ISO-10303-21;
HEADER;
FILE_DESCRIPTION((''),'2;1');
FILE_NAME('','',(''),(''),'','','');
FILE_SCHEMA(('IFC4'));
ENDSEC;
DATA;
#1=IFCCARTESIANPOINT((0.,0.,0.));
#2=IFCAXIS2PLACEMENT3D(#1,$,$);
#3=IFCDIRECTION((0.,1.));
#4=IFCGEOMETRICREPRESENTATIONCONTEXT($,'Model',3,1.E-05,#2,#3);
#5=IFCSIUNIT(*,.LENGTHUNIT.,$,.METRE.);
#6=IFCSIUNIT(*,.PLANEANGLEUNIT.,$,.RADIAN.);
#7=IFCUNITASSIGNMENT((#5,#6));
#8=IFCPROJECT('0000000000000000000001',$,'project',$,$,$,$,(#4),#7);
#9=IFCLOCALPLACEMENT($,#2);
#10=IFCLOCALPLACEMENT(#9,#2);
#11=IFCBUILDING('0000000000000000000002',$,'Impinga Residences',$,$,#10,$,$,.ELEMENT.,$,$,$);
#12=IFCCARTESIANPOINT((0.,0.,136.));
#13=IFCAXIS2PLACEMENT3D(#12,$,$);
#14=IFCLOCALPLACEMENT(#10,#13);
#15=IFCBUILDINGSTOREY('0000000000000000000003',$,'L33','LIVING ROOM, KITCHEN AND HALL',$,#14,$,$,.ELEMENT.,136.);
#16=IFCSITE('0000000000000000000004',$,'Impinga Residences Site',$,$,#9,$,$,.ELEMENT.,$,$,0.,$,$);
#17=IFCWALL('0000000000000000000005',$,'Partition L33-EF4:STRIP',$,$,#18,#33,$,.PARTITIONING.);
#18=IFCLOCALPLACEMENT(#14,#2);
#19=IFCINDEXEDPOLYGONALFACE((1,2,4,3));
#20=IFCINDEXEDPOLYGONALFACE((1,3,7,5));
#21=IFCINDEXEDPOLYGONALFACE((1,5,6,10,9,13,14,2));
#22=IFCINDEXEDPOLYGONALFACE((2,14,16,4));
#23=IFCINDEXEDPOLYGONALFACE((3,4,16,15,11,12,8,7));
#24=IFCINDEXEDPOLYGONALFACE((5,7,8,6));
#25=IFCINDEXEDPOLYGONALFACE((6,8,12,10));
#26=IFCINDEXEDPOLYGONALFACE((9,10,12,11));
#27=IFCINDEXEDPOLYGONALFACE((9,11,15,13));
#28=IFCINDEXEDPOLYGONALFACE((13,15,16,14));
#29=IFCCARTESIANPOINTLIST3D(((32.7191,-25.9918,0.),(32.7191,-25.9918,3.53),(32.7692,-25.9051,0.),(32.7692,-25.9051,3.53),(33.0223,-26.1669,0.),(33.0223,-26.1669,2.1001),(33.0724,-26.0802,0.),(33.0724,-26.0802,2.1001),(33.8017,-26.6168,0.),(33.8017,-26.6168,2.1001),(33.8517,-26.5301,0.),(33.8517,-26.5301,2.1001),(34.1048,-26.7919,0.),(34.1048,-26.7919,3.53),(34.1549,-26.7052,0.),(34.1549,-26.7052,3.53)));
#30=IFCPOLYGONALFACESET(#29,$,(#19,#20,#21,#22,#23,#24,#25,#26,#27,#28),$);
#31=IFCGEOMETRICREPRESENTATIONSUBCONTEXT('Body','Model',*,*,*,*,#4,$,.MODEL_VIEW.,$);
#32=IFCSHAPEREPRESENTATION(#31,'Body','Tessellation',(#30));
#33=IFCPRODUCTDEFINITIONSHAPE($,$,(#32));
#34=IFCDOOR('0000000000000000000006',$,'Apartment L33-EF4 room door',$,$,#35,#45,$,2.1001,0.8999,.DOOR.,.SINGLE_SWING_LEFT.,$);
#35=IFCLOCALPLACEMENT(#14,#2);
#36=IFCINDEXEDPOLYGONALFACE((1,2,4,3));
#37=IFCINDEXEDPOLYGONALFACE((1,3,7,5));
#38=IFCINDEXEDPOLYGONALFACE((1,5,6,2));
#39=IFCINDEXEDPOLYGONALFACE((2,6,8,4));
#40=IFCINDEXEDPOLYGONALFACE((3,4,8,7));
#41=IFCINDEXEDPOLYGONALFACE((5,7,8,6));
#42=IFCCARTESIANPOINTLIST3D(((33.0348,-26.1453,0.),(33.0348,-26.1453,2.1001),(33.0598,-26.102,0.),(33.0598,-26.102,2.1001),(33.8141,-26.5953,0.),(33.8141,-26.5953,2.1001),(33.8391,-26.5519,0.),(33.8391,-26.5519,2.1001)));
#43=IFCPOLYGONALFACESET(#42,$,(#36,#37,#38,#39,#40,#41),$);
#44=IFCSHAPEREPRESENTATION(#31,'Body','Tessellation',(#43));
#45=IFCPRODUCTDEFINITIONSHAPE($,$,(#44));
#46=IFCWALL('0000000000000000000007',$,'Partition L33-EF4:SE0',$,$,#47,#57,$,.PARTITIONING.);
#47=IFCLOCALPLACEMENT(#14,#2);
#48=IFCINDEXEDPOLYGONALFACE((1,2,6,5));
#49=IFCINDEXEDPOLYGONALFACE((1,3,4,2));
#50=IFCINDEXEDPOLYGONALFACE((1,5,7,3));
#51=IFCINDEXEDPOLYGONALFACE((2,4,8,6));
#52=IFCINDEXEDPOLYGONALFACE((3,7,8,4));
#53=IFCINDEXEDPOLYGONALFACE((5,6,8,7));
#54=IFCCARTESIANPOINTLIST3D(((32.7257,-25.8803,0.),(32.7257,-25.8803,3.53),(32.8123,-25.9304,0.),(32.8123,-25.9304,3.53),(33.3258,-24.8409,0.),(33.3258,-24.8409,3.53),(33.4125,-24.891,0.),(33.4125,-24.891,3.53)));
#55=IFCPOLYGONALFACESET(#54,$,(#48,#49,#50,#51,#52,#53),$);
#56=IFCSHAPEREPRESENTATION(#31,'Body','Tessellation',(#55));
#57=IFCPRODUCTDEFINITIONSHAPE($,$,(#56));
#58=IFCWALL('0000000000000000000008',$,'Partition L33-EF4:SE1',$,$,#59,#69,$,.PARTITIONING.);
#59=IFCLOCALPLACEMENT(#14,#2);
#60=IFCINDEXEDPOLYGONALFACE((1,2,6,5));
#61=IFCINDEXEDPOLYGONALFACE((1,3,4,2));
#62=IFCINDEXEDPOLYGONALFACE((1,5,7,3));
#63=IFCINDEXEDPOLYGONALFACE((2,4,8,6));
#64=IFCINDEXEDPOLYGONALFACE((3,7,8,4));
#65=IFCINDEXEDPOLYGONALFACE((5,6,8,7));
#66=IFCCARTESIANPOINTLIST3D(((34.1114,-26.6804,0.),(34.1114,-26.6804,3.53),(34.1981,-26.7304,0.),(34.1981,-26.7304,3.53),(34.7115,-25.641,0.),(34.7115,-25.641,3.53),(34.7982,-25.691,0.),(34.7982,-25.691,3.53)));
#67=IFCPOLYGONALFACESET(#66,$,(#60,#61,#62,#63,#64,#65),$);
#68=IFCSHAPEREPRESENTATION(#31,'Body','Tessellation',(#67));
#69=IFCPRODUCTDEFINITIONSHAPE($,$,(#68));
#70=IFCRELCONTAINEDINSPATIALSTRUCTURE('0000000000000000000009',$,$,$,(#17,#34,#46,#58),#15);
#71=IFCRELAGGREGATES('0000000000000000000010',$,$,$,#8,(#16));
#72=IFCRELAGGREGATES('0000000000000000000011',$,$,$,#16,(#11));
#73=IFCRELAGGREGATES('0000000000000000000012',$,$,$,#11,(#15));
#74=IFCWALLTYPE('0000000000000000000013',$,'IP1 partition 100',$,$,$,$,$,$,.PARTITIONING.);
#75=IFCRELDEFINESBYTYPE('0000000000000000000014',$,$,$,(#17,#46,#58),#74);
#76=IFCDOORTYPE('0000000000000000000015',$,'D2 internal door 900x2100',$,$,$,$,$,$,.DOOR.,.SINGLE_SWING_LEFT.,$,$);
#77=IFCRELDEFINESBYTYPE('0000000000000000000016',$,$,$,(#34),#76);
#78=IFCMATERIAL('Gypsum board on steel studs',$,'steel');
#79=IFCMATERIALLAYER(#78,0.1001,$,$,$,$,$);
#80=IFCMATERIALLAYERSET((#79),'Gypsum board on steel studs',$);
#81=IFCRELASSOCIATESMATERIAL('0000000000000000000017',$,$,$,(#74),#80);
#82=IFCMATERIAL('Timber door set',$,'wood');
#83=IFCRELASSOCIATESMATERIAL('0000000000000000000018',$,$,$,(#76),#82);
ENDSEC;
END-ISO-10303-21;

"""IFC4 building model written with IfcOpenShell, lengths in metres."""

from ifc_helpers import new_model, si_unit, direction, frame, frame_2d, origin, place, context, subcontext, project, spatial, rectangle, extrude, material, layer, layer_set, type_object, element, fill, save


model = new_model("IFC4")

# Units and contexts
model_context = context("Model", 3, precision=1e-05, world=origin(), true_north=direction((0.0, 1.0)))
body_context = subcontext(model_context, "Body", "Model", "MODEL_VIEW")
ifc_project = project(units=[si_unit("LENGTHUNIT", "METRE"), si_unit("PLANEANGLEUNIT", "RADIAN")], contexts=[model_context])

# Site, building, storey
site_placement = place(None, origin())
site = spatial("IfcSite", under=ifc_project, at=site_placement, Name="Impinga Residences Site", CompositionType="ELEMENT", RefElevation=0.0)
building_placement = place(site_placement, origin())
building = spatial("IfcBuilding", under=site, at=building_placement, Name="Impinga Residences", CompositionType="ELEMENT")
storey_placement = place(building_placement, frame((0.0, 0.0, 136.0)))
storey = spatial("IfcBuildingStorey", under=building, at=storey_placement, Name="L33", Description="LIVING ROOM, KITCHEN AND HALL", CompositionType="ELEMENT", Elevation=136.0)

# Shared definitions
ifc_material_1 = material(Name="Gypsum board on steel studs", Category="steel")
ifc_layer_1 = layer(ifc_material_1, 0.1001)
ifc_layer_set_1 = layer_set([ifc_layer_1], Name="Gypsum board on steel studs")
wall_type_1 = type_object("IfcWallType", Name="IP1 partition 100", PredefinedType="PARTITIONING", material=ifc_layer_set_1)

# Wall, opening, door
wall_1_placement = place(storey_placement, frame((32.7441, -25.9485, 0.0), z_axis=(0.0, 0.0, 1.0), x_axis=(0.866028, -0.499995, 0.0)))
wall_1 = element("IfcWall", 1, at=wall_1_placement, inside=storey, type_object=wall_type_1, Name="Partition L33-EF4:STRIP", PredefinedType="PARTITIONING", context=body_context, shape_type="SweptSolid", body=[
    extrude(rectangle(XDim=1.6001, YDim=0.1001, at=frame_2d((0.8, 0.0))), origin(), (0.0, 0.0, 1.0), 3.53),
])
opening_1_placement = place(wall_1_placement, frame((0.3501, 0.0, 0.0)))
opening_1 = element("IfcOpeningElement", 2, at=opening_1_placement, cuts=wall_1, PredefinedType="OPENING", context=body_context, shape_type="SweptSolid", body=[
    extrude(rectangle(XDim=0.8999, YDim=2.1001, at=frame_2d((0.45, 1.05))), frame((0.0, 0.0601, 0.0), z_axis=(0.0, -1.0, 0.0), x_axis=(1.0, 0.0, 0.0)), (0.0, 0.0, 1.0), 0.1201),
])
ifc_material_2 = material(Name="Timber door set", Category="wood")
door_type = type_object("IfcDoorType", Name="D2 internal door 900x2100", OperationType="SINGLE_SWING_LEFT", PredefinedType="DOOR", material=ifc_material_2)
door_placement = place(opening_1_placement, origin())
door = element("IfcDoor", 3, at=door_placement, inside=storey, type_object=door_type, Name="Apartment L33-EF4 room door", OperationType="SINGLE_SWING_LEFT", OverallHeight=2.1001, OverallWidth=0.8999, PredefinedType="DOOR", context=body_context, shape_type="SweptSolid", body=[
    extrude(rectangle(XDim=0.8999, YDim=2.1001, at=frame_2d((0.45, 1.05))), frame((0.0, 0.0249, 0.0), z_axis=(0.0, -1.0, 0.0), x_axis=(1.0, 0.0, 0.0)), (0.0, 0.0, 1.0), 0.05),
])
fill(opening_1, door)

# Walls
for number, where, z_axis, x_axis, name in (
    (4, (33.3691, -24.866, 0.0), (0.0, 0.0, 1.0), (-0.500034, -0.866006, 0.0), "Partition L33-EF4:SE0"),
    (5, (34.7549, -25.666, 0.0), (0.0, 0.0, 1.0), (-0.500034, -0.866006, 0.0), "Partition L33-EF4:SE1"),
):
    element("IfcWall", number, at=place(storey_placement, frame(where, z_axis=z_axis, x_axis=x_axis)), inside=storey, type_object=wall_type_1, Name=name, PredefinedType="PARTITIONING", context=body_context, shape_type="SweptSolid", body=[
        extrude(rectangle(XDim=1.2002, YDim=0.1001, at=frame_2d((0.6001, 0.0))), origin(), (0.0, 0.0, 1.0), 3.53),
    ])

save(model, "model.ifc")
